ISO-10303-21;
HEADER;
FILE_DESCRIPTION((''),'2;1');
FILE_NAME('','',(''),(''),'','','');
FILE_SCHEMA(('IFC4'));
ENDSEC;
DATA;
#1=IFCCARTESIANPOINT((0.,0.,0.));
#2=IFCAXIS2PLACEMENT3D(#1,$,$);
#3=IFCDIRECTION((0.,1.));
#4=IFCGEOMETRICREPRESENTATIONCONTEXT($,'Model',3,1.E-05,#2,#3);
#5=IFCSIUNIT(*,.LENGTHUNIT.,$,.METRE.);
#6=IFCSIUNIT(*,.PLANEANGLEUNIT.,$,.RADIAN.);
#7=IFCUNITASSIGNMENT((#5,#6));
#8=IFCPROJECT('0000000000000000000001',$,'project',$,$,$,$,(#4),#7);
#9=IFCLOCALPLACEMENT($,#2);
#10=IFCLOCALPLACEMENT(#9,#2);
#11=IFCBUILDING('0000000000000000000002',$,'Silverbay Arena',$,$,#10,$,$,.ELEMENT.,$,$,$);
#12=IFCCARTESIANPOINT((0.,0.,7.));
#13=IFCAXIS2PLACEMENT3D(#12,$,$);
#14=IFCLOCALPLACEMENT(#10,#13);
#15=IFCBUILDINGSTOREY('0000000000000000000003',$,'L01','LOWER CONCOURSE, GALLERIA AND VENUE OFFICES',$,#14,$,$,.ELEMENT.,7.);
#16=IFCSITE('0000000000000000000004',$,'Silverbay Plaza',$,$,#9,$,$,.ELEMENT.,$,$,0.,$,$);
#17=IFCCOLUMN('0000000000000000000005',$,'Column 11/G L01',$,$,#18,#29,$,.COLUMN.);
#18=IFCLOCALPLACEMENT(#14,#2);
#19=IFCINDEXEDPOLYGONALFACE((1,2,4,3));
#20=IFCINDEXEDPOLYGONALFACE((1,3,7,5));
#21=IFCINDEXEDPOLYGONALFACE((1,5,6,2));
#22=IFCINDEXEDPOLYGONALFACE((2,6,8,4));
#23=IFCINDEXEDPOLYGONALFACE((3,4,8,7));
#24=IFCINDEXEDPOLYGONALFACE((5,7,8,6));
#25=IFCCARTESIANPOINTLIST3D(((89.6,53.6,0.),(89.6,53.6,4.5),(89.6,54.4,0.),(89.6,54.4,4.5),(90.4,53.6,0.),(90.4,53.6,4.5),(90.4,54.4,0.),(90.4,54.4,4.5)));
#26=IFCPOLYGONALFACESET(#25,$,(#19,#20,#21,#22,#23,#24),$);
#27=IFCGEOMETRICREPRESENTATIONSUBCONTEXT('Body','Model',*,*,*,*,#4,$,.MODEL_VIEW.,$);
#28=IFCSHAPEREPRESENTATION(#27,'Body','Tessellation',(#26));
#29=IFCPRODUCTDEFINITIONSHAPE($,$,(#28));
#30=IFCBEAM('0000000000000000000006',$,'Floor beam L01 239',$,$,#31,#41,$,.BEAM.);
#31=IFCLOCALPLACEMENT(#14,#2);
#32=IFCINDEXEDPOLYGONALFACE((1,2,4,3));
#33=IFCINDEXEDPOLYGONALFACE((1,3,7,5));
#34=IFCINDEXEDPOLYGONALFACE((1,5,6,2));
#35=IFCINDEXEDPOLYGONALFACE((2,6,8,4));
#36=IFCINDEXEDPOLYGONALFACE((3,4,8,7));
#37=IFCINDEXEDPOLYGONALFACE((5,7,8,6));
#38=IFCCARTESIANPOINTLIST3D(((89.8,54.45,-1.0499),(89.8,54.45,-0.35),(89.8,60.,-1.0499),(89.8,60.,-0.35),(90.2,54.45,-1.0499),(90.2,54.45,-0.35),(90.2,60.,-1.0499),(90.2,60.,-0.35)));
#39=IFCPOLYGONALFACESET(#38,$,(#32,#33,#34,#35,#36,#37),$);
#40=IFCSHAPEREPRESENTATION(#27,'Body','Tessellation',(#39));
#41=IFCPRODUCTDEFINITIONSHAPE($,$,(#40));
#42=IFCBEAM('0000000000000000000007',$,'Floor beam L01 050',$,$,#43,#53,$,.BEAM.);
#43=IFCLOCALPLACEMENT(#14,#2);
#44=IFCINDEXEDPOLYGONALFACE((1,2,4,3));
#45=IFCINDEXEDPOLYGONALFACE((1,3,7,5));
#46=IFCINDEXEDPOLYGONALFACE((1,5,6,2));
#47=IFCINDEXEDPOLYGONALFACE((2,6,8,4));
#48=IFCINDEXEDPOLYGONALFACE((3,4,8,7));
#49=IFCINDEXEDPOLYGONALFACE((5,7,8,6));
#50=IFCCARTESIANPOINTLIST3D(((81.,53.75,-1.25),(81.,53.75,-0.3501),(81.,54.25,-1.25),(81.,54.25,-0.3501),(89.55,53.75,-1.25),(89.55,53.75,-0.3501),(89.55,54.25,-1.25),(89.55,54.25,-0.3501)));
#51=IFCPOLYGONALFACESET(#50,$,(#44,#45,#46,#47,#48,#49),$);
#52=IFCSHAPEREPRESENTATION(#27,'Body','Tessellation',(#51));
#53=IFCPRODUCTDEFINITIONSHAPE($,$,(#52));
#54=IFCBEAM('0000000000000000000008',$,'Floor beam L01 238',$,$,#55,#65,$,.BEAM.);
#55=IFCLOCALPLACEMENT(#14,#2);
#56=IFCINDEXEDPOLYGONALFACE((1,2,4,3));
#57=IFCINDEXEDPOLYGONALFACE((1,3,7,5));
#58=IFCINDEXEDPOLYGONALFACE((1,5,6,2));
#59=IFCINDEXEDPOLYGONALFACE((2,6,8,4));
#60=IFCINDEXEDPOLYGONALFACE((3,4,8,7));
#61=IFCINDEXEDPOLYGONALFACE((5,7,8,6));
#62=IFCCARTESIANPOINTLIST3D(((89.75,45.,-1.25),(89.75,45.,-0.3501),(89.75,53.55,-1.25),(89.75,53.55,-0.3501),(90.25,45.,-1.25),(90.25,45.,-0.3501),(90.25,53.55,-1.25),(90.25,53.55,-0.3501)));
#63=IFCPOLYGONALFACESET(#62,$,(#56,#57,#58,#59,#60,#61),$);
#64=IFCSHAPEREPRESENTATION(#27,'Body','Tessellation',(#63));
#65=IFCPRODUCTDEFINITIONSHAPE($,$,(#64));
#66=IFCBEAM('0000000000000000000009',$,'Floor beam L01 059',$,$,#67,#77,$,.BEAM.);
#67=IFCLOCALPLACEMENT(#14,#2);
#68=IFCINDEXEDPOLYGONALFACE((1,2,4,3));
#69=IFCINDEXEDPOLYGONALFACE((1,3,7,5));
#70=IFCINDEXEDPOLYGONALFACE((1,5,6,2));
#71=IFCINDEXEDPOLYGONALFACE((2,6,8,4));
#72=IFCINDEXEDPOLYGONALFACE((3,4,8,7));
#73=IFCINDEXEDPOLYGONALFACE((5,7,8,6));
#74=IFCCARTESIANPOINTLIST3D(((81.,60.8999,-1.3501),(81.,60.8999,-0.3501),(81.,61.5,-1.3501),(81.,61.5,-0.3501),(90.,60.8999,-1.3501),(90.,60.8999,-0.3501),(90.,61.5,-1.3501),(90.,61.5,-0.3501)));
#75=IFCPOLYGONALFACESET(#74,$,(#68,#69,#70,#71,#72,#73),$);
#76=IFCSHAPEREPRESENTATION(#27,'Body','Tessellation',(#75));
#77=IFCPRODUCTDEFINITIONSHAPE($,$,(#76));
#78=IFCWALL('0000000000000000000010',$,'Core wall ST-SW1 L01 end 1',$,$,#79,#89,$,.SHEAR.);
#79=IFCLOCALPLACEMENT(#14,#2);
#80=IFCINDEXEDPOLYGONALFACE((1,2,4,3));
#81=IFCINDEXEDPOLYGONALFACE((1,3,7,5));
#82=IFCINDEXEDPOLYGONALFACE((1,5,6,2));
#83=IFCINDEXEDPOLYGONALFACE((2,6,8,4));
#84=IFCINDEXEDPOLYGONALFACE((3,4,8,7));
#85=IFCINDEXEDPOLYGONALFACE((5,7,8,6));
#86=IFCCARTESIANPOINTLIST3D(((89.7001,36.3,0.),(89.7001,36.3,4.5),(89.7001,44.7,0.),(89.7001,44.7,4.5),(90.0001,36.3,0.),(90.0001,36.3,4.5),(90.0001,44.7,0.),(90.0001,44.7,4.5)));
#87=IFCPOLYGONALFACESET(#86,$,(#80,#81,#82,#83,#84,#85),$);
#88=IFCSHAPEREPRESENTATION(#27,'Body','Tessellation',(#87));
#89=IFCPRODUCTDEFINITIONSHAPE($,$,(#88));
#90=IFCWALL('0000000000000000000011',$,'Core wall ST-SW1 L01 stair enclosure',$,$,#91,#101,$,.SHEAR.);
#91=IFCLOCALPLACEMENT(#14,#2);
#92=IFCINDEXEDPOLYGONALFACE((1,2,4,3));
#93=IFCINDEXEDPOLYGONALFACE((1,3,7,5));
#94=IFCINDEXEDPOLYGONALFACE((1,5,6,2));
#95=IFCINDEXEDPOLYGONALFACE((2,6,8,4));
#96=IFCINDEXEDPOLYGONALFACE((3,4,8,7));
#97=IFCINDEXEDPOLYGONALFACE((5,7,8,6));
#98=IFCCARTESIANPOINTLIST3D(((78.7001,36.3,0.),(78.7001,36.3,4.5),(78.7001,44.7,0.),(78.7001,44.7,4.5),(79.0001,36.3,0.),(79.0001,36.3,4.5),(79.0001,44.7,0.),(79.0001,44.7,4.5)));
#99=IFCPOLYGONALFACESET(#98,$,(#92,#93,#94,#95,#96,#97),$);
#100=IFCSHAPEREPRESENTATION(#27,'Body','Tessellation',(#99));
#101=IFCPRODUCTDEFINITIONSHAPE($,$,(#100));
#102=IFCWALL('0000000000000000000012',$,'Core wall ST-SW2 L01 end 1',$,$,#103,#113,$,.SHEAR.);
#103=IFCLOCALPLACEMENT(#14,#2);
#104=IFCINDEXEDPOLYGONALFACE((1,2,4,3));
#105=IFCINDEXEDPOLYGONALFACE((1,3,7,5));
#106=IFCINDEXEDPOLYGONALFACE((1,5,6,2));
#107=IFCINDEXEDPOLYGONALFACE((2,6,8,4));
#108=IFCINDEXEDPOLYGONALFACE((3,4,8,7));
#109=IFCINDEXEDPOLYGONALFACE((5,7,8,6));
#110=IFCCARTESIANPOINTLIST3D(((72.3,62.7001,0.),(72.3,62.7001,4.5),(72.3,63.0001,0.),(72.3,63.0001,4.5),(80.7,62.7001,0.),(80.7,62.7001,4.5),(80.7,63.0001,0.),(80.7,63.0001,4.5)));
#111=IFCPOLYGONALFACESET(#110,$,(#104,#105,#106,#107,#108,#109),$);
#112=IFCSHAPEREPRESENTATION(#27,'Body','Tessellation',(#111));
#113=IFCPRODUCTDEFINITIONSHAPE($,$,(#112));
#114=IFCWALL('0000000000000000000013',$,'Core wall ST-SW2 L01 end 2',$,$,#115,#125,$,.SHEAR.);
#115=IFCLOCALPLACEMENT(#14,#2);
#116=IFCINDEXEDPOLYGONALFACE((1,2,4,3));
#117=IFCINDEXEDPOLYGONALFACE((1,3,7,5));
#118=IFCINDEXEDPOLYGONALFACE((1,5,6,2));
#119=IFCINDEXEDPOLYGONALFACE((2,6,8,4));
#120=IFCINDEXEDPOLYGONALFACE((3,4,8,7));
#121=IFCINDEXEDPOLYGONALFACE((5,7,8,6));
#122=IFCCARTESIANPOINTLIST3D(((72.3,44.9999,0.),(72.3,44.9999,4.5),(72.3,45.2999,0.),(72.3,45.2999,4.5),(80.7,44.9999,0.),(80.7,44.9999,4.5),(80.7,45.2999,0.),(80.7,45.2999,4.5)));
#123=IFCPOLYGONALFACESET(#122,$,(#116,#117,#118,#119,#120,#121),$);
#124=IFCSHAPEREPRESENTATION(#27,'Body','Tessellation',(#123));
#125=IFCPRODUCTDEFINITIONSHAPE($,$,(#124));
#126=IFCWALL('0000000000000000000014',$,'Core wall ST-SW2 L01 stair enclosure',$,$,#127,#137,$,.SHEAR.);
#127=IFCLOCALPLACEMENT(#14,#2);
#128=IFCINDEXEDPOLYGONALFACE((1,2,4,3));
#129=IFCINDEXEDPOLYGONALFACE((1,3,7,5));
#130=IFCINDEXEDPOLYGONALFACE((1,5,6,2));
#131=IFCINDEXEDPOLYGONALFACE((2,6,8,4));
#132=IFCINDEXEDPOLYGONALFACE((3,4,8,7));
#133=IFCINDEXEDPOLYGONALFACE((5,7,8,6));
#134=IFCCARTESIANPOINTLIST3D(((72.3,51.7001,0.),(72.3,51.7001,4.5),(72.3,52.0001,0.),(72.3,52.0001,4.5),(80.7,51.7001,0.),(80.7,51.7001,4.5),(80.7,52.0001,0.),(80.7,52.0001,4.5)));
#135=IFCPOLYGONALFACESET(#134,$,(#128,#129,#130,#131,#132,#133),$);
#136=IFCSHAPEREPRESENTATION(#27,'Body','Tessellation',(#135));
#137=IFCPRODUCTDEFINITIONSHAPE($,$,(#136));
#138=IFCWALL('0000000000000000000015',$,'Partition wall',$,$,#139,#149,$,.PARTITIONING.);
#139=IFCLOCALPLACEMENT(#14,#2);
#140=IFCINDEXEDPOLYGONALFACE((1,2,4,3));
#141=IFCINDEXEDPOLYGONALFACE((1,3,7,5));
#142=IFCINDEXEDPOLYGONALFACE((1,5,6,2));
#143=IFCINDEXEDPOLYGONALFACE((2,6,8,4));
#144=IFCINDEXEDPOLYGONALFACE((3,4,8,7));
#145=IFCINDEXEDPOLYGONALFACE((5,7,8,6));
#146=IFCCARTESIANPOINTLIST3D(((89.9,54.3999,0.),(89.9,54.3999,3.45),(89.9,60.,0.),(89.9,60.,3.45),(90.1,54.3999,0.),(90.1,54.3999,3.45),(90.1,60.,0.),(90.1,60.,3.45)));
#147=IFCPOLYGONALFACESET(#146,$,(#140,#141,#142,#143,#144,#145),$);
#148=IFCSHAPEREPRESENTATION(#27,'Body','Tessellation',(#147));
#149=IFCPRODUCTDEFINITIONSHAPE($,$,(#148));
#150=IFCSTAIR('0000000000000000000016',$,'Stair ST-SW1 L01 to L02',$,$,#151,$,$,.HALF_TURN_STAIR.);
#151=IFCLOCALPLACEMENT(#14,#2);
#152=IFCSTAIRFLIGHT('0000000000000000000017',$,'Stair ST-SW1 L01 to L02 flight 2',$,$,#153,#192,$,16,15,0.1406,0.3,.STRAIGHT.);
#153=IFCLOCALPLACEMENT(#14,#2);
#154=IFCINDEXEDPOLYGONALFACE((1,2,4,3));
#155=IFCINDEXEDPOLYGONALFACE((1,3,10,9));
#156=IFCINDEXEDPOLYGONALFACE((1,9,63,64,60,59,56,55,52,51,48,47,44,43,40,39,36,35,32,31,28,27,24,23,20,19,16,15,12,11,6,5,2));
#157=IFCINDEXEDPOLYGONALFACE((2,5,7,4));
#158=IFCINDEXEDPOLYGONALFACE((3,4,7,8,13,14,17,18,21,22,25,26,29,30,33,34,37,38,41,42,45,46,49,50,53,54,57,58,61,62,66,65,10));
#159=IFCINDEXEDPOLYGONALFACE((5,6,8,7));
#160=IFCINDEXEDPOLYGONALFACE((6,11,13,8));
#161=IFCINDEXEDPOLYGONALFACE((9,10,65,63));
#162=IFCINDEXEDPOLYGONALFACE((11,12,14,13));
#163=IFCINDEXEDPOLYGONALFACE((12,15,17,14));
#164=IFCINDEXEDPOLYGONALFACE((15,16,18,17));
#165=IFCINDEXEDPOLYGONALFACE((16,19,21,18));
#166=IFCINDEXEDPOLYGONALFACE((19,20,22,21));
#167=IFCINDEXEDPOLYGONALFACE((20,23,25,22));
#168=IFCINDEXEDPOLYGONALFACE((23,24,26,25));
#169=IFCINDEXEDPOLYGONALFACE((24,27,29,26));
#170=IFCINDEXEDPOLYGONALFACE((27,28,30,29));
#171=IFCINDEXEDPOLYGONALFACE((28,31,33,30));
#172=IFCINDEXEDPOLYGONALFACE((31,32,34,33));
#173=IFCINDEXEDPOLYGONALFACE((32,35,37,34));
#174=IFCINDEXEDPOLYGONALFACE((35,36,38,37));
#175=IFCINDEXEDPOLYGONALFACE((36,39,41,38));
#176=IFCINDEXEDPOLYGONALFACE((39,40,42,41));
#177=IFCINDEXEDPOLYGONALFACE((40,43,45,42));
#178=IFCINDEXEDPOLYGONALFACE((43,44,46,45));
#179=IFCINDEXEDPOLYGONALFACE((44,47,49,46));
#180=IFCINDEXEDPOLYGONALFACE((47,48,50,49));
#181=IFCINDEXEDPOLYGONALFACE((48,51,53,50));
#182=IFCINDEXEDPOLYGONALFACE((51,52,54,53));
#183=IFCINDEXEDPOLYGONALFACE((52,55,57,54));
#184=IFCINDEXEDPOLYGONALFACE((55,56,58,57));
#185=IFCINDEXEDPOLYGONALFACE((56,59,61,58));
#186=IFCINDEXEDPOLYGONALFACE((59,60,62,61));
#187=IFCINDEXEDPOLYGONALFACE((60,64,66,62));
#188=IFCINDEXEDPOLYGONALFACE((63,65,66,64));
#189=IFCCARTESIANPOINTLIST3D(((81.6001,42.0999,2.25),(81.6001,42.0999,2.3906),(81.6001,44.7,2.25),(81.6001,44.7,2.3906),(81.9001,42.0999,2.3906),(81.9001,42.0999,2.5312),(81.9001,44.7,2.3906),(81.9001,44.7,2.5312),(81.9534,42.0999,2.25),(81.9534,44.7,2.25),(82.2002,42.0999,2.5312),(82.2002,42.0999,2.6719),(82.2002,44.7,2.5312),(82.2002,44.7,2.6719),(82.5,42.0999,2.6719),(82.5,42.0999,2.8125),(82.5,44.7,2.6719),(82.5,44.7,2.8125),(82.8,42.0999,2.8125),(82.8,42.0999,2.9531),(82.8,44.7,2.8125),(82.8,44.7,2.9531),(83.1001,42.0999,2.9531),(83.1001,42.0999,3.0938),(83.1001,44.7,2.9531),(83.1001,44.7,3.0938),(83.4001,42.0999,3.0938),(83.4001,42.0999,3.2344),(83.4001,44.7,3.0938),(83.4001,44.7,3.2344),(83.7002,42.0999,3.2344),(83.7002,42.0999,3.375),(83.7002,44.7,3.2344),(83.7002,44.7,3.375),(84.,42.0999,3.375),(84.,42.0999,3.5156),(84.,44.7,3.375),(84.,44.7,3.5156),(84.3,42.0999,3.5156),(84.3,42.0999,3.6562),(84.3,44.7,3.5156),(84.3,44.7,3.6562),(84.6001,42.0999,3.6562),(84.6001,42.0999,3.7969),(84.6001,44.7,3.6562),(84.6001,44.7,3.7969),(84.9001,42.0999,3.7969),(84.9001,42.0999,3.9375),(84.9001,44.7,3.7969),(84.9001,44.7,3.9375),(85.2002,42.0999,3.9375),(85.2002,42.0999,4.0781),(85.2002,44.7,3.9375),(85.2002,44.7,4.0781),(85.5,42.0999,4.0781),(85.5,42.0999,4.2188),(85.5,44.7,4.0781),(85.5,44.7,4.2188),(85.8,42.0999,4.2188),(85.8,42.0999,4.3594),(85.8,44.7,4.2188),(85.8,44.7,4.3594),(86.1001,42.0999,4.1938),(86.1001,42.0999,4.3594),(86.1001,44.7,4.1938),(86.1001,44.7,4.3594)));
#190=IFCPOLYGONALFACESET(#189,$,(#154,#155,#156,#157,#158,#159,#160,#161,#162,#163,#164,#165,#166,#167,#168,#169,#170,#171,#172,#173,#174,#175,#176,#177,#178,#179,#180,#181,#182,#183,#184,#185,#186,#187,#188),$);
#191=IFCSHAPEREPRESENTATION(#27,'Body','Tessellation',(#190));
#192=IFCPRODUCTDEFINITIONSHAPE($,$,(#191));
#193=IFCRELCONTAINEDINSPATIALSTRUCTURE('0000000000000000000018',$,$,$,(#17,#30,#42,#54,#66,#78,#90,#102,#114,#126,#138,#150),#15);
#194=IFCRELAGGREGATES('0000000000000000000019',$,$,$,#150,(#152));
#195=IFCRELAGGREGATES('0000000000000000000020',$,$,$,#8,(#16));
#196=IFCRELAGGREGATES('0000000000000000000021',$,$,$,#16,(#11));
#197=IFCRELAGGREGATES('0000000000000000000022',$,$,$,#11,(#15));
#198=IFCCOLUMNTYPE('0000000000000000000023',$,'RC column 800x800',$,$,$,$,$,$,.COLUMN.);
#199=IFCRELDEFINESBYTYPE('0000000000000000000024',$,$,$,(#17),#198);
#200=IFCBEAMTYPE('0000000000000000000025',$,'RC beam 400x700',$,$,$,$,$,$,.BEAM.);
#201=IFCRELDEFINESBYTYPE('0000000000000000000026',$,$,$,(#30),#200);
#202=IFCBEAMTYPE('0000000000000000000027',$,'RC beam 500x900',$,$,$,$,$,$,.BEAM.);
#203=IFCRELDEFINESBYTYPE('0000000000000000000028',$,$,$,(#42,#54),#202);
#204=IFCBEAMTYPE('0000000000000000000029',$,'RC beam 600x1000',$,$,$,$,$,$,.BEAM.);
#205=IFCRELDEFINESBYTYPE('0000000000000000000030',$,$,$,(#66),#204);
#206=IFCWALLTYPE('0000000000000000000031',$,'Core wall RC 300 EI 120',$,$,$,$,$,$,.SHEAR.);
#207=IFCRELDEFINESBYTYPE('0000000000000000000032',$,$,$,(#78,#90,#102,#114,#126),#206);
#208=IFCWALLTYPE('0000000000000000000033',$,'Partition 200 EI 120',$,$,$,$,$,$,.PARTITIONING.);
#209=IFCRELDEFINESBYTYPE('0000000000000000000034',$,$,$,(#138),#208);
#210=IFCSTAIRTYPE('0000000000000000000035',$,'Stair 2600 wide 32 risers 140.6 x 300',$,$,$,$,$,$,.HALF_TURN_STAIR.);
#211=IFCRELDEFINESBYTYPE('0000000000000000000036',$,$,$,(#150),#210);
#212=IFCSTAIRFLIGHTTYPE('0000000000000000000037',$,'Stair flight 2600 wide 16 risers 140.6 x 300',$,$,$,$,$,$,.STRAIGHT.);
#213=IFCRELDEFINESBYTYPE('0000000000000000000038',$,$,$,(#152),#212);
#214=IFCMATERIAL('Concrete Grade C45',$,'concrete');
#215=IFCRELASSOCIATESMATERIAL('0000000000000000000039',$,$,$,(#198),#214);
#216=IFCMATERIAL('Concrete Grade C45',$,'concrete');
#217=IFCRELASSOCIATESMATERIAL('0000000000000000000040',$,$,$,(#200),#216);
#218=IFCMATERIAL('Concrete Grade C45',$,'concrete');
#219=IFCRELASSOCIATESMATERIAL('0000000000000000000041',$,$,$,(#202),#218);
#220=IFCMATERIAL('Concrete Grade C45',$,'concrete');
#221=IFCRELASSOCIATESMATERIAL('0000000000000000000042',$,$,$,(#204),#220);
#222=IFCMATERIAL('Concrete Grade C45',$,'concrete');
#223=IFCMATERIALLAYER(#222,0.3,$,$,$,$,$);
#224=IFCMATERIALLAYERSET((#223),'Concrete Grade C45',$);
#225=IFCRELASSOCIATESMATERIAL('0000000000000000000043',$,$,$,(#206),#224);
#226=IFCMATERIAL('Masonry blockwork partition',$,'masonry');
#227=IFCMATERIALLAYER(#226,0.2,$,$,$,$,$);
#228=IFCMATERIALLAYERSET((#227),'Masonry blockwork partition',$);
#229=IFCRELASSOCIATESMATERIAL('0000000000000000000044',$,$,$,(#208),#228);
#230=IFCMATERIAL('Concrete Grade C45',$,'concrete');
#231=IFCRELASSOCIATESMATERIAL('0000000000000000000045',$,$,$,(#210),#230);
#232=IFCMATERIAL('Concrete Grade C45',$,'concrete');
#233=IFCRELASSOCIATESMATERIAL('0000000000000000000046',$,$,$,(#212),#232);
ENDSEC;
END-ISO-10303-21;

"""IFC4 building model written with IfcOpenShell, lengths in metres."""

from ifc_helpers import new_model, si_unit, direction, frame, frame_2d, origin, origin_2d, place, context, subcontext, project, spatial, polyline, rectangle, outline, extrude, material, layer, layer_set, material_profile, profile_set, type_object, element, aggregate, save


model = new_model("IFC4")

# Units and contexts
model_context = context("Model", 3, precision=1e-05, world=origin(), true_north=direction((0.0, 1.0)))
body_context = subcontext(model_context, "Body", "Model", "MODEL_VIEW")
ifc_project = project(units=[si_unit("LENGTHUNIT", "METRE"), si_unit("PLANEANGLEUNIT", "RADIAN")], contexts=[model_context])

# Site, building, storey
site_placement = place(None, origin())
site = spatial("IfcSite", under=ifc_project, at=site_placement, Name="Silverbay Plaza", CompositionType="ELEMENT", RefElevation=0.0)
building_placement = place(site_placement, origin())
building = spatial("IfcBuilding", under=site, at=building_placement, Name="Silverbay Arena", CompositionType="ELEMENT")
storey_placement = place(building_placement, frame((0.0, 0.0, 7.0)))
storey = spatial("IfcBuildingStorey", under=building, at=storey_placement, Name="L01", Description="LOWER CONCOURSE, GALLERIA AND VENUE OFFICES", CompositionType="ELEMENT", Elevation=7.0)

# Column
ifc_material_1 = material(Name="Concrete Grade C45", Category="concrete")
ifc_material_profile_1 = material_profile(ifc_material_1, rectangle(XDim=0.8, YDim=0.8, at=origin_2d()), Name="RC 800x800")
ifc_profile_set_1 = profile_set([ifc_material_profile_1], Name="Concrete Grade C45")
column_type = type_object("IfcColumnType", Name="RC column 800x800", PredefinedType="COLUMN", material=ifc_profile_set_1)
column_placement = place(storey_placement, frame((90.0, 54.0, 0.0), z_axis=(0.0, 0.0, 1.0), x_axis=(1.0, 0.0, 0.0)))
element("IfcColumn", 1, at=column_placement, inside=storey, type_object=column_type, Name="Column 11/G L01", PredefinedType="COLUMN", context=body_context, shape_type="SweptSolid", body=[
    extrude(rectangle(XDim=0.8, YDim=0.8, at=origin_2d()), origin(), (0.0, 0.0, 1.0), 4.5),
])

# Beams
ifc_material_2 = material(Name="Concrete Grade C45", Category="concrete")
ifc_material_profile_2 = material_profile(ifc_material_2, rectangle(XDim=0.3999, YDim=0.7, at=origin_2d()), Name="RC 400x700")
ifc_profile_set_2 = profile_set([ifc_material_profile_2], Name="Concrete Grade C45")
beam_type_1 = type_object("IfcBeamType", Name="RC beam 400x700", PredefinedType="BEAM", material=ifc_profile_set_2)
beam_1_placement = place(storey_placement, frame((90.0, 54.45, -0.7), z_axis=(0.0, 1.0, 0.0), x_axis=(-1.0, 0.0, 0.0)))
element("IfcBeam", 2, at=beam_1_placement, inside=storey, type_object=beam_type_1, Name="Floor beam L01 239", PredefinedType="BEAM", context=body_context, shape_type="SweptSolid", body=[
    extrude(rectangle(XDim=0.3999, YDim=0.7, at=origin_2d()), origin(), (0.0, 0.0, 1.0), 5.55),
])
ifc_material_3 = material(Name="Concrete Grade C45", Category="concrete")
ifc_material_profile_3 = material_profile(ifc_material_3, rectangle(XDim=0.5, YDim=0.8999, at=origin_2d()), Name="RC 500x900")
ifc_profile_set_3 = profile_set([ifc_material_profile_3], Name="Concrete Grade C45")
beam_type_2 = type_object("IfcBeamType", Name="RC beam 500x900", PredefinedType="BEAM", material=ifc_profile_set_3)
for number, where, z_axis, x_axis, name in (
    (3, (81.0, 54.0, -0.8), (1.0, 0.0, 0.0), (0.0, 1.0, 0.0), "Floor beam L01 050"),
    (4, (90.0, 45.0, -0.8), (0.0, 1.0, 0.0), (-1.0, 0.0, 0.0), "Floor beam L01 238"),
):
    element("IfcBeam", number, at=place(storey_placement, frame(where, z_axis=z_axis, x_axis=x_axis)), inside=storey, type_object=beam_type_2, Name=name, PredefinedType="BEAM", context=body_context, shape_type="SweptSolid", body=[
        extrude(rectangle(XDim=0.5, YDim=0.8999, at=origin_2d()), origin(), (0.0, 0.0, 1.0), 8.55),
    ])
ifc_material_4 = material(Name="Concrete Grade C45", Category="concrete")
ifc_material_profile_4 = material_profile(ifc_material_4, rectangle(XDim=0.6001, YDim=1.0, at=origin_2d()), Name="RC 600x1000")
ifc_profile_set_4 = profile_set([ifc_material_profile_4], Name="Concrete Grade C45")
beam_type_3 = type_object("IfcBeamType", Name="RC beam 600x1000", PredefinedType="BEAM", material=ifc_profile_set_4)
beam_2_placement = place(storey_placement, frame((81.0, 61.2, -0.8501), z_axis=(1.0, 0.0, 0.0), x_axis=(0.0, 1.0, 0.0)))
element("IfcBeam", 5, at=beam_2_placement, inside=storey, type_object=beam_type_3, Name="Floor beam L01 059", PredefinedType="BEAM", context=body_context, shape_type="SweptSolid", body=[
    extrude(rectangle(XDim=0.6001, YDim=1.0, at=origin_2d()), origin(), (0.0, 0.0, 1.0), 9.0),
])

# Walls
ifc_material_5 = material(Name="Concrete Grade C45", Category="concrete")
ifc_layer_1 = layer(ifc_material_5, 0.3)
ifc_layer_set_1 = layer_set([ifc_layer_1], Name="Concrete Grade C45")
wall_type_1 = type_object("IfcWallType", Name="Core wall RC 300 EI 120", PredefinedType="SHEAR", material=ifc_layer_set_1)
for number, where, z_axis, x_axis, name in (
    (6, (89.8501, 44.7, 0.0), (0.0, 0.0, 1.0), (0.0, -1.0, 0.0), "Core wall ST-SW1 L01 end 1"),
    (7, (78.8501, 44.7, 0.0), (0.0, 0.0, 1.0), (0.0, -1.0, 0.0), "Core wall ST-SW1 L01 stair enclosure"),
    (8, (80.7, 62.8501, 0.0), (0.0, 0.0, 1.0), (-1.0, 0.0, 0.0), "Core wall ST-SW2 L01 end 1"),
    (9, (80.7, 45.1499, 0.0), (0.0, 0.0, 1.0), (-1.0, 0.0, 0.0), "Core wall ST-SW2 L01 end 2"),
    (10, (80.7, 51.8501, 0.0), (0.0, 0.0, 1.0), (-1.0, 0.0, 0.0), "Core wall ST-SW2 L01 stair enclosure"),
):
    element("IfcWall", number, at=place(storey_placement, frame(where, z_axis=z_axis, x_axis=x_axis)), inside=storey, type_object=wall_type_1, Name=name, PredefinedType="SHEAR", context=body_context, shape_type="SweptSolid", body=[
        extrude(rectangle(XDim=8.3999, YDim=0.3, at=frame_2d((4.2, 0.0))), origin(), (0.0, 0.0, 1.0), 4.5),
    ])
ifc_material_6 = material(Name="Masonry blockwork partition", Category="masonry")
ifc_layer_2 = layer(ifc_material_6, 0.2)
ifc_layer_set_2 = layer_set([ifc_layer_2], Name="Masonry blockwork partition")
wall_type_2 = type_object("IfcWallType", Name="Partition 200 EI 120", PredefinedType="PARTITIONING", material=ifc_layer_set_2)
wall_placement = place(storey_placement, frame((90.0, 54.3999, 0.0), z_axis=(0.0, 0.0, 1.0), x_axis=(0.0, 1.0, 0.0)))
element("IfcWall", 11, at=wall_placement, inside=storey, type_object=wall_type_2, Name="Partition wall", PredefinedType="PARTITIONING", context=body_context, shape_type="SweptSolid", body=[
    extrude(rectangle(XDim=5.6001, YDim=0.2, at=frame_2d((2.8, 0.0))), origin(), (0.0, 0.0, 1.0), 3.45),
])

# Stair, stair flight
ifc_material_7 = material(Name="Concrete Grade C45", Category="concrete")
stair_type = type_object("IfcStairType", Name="Stair 2600 wide 32 risers 140.6 x 300", PredefinedType="HALF_TURN_STAIR", material=ifc_material_7)
stair_1_placement = place(storey_placement, origin())
stair_1 = element("IfcStair", 12, at=stair_1_placement, inside=storey, type_object=stair_type, Name="Stair ST-SW1 L01 to L02", PredefinedType="HALF_TURN_STAIR")
ifc_material_8 = material(Name="Concrete Grade C45", Category="concrete")
stair_flight_type = type_object("IfcStairFlightType", Name="Stair flight 2600 wide 16 risers 140.6 x 300", PredefinedType="STRAIGHT", material=ifc_material_8)
stair_flight_1_placement = place(storey_placement, frame((81.6001, 43.3999, 2.25), z_axis=(0.0, 0.0, 1.0), x_axis=(1.0, 0.0, 0.0)))
stair_flight_1 = element("IfcStairFlight", 13, at=stair_flight_1_placement, type_object=stair_flight_type, Name="Stair ST-SW1 L01 to L02 flight 2", NumberOfRisers=16, NumberOfTreads=15, PredefinedType="STRAIGHT", RiserHeight=0.1406, TreadLength=0.3, context=body_context, shape_type="SweptSolid", body=[
    extrude(outline(polyline([(0.0, 0.0), (0.0, 0.1406), (0.3, 0.1406), (0.3, 0.2812), (0.6001, 0.2812), (0.6001, 0.4219), (0.8999, 0.4219), (0.8999, 0.5625), (1.2, 0.5625), (1.2, 0.7031), (1.5, 0.7031), (1.5, 0.8438), (1.8, 0.8438), (1.8, 0.9844), (2.1001, 0.9844), (2.1001, 1.125), (2.3999, 1.125), (2.3999, 1.2656), (2.7, 1.2656), (2.7, 1.4062), (3.0, 1.4062), (3.0, 1.5469), (3.3, 1.5469), (3.3, 1.6875), (3.6001, 1.6875), (3.6001, 1.8281), (3.8999, 1.8281), (3.8999, 1.9688), (4.2, 1.9688), (4.2, 2.1094), (4.5, 2.1094), (4.5, 1.9438), (0.3533, 0.0), (0.0, 0.0)])), frame((0.0, 1.3, 0.0), z_axis=(0.0, -1.0, 0.0), x_axis=(1.0, 0.0, 0.0)), (0.0, 0.0, 1.0), 2.6001),
])
aggregate(stair_1, [stair_flight_1])

save(model, "model.ifc")
